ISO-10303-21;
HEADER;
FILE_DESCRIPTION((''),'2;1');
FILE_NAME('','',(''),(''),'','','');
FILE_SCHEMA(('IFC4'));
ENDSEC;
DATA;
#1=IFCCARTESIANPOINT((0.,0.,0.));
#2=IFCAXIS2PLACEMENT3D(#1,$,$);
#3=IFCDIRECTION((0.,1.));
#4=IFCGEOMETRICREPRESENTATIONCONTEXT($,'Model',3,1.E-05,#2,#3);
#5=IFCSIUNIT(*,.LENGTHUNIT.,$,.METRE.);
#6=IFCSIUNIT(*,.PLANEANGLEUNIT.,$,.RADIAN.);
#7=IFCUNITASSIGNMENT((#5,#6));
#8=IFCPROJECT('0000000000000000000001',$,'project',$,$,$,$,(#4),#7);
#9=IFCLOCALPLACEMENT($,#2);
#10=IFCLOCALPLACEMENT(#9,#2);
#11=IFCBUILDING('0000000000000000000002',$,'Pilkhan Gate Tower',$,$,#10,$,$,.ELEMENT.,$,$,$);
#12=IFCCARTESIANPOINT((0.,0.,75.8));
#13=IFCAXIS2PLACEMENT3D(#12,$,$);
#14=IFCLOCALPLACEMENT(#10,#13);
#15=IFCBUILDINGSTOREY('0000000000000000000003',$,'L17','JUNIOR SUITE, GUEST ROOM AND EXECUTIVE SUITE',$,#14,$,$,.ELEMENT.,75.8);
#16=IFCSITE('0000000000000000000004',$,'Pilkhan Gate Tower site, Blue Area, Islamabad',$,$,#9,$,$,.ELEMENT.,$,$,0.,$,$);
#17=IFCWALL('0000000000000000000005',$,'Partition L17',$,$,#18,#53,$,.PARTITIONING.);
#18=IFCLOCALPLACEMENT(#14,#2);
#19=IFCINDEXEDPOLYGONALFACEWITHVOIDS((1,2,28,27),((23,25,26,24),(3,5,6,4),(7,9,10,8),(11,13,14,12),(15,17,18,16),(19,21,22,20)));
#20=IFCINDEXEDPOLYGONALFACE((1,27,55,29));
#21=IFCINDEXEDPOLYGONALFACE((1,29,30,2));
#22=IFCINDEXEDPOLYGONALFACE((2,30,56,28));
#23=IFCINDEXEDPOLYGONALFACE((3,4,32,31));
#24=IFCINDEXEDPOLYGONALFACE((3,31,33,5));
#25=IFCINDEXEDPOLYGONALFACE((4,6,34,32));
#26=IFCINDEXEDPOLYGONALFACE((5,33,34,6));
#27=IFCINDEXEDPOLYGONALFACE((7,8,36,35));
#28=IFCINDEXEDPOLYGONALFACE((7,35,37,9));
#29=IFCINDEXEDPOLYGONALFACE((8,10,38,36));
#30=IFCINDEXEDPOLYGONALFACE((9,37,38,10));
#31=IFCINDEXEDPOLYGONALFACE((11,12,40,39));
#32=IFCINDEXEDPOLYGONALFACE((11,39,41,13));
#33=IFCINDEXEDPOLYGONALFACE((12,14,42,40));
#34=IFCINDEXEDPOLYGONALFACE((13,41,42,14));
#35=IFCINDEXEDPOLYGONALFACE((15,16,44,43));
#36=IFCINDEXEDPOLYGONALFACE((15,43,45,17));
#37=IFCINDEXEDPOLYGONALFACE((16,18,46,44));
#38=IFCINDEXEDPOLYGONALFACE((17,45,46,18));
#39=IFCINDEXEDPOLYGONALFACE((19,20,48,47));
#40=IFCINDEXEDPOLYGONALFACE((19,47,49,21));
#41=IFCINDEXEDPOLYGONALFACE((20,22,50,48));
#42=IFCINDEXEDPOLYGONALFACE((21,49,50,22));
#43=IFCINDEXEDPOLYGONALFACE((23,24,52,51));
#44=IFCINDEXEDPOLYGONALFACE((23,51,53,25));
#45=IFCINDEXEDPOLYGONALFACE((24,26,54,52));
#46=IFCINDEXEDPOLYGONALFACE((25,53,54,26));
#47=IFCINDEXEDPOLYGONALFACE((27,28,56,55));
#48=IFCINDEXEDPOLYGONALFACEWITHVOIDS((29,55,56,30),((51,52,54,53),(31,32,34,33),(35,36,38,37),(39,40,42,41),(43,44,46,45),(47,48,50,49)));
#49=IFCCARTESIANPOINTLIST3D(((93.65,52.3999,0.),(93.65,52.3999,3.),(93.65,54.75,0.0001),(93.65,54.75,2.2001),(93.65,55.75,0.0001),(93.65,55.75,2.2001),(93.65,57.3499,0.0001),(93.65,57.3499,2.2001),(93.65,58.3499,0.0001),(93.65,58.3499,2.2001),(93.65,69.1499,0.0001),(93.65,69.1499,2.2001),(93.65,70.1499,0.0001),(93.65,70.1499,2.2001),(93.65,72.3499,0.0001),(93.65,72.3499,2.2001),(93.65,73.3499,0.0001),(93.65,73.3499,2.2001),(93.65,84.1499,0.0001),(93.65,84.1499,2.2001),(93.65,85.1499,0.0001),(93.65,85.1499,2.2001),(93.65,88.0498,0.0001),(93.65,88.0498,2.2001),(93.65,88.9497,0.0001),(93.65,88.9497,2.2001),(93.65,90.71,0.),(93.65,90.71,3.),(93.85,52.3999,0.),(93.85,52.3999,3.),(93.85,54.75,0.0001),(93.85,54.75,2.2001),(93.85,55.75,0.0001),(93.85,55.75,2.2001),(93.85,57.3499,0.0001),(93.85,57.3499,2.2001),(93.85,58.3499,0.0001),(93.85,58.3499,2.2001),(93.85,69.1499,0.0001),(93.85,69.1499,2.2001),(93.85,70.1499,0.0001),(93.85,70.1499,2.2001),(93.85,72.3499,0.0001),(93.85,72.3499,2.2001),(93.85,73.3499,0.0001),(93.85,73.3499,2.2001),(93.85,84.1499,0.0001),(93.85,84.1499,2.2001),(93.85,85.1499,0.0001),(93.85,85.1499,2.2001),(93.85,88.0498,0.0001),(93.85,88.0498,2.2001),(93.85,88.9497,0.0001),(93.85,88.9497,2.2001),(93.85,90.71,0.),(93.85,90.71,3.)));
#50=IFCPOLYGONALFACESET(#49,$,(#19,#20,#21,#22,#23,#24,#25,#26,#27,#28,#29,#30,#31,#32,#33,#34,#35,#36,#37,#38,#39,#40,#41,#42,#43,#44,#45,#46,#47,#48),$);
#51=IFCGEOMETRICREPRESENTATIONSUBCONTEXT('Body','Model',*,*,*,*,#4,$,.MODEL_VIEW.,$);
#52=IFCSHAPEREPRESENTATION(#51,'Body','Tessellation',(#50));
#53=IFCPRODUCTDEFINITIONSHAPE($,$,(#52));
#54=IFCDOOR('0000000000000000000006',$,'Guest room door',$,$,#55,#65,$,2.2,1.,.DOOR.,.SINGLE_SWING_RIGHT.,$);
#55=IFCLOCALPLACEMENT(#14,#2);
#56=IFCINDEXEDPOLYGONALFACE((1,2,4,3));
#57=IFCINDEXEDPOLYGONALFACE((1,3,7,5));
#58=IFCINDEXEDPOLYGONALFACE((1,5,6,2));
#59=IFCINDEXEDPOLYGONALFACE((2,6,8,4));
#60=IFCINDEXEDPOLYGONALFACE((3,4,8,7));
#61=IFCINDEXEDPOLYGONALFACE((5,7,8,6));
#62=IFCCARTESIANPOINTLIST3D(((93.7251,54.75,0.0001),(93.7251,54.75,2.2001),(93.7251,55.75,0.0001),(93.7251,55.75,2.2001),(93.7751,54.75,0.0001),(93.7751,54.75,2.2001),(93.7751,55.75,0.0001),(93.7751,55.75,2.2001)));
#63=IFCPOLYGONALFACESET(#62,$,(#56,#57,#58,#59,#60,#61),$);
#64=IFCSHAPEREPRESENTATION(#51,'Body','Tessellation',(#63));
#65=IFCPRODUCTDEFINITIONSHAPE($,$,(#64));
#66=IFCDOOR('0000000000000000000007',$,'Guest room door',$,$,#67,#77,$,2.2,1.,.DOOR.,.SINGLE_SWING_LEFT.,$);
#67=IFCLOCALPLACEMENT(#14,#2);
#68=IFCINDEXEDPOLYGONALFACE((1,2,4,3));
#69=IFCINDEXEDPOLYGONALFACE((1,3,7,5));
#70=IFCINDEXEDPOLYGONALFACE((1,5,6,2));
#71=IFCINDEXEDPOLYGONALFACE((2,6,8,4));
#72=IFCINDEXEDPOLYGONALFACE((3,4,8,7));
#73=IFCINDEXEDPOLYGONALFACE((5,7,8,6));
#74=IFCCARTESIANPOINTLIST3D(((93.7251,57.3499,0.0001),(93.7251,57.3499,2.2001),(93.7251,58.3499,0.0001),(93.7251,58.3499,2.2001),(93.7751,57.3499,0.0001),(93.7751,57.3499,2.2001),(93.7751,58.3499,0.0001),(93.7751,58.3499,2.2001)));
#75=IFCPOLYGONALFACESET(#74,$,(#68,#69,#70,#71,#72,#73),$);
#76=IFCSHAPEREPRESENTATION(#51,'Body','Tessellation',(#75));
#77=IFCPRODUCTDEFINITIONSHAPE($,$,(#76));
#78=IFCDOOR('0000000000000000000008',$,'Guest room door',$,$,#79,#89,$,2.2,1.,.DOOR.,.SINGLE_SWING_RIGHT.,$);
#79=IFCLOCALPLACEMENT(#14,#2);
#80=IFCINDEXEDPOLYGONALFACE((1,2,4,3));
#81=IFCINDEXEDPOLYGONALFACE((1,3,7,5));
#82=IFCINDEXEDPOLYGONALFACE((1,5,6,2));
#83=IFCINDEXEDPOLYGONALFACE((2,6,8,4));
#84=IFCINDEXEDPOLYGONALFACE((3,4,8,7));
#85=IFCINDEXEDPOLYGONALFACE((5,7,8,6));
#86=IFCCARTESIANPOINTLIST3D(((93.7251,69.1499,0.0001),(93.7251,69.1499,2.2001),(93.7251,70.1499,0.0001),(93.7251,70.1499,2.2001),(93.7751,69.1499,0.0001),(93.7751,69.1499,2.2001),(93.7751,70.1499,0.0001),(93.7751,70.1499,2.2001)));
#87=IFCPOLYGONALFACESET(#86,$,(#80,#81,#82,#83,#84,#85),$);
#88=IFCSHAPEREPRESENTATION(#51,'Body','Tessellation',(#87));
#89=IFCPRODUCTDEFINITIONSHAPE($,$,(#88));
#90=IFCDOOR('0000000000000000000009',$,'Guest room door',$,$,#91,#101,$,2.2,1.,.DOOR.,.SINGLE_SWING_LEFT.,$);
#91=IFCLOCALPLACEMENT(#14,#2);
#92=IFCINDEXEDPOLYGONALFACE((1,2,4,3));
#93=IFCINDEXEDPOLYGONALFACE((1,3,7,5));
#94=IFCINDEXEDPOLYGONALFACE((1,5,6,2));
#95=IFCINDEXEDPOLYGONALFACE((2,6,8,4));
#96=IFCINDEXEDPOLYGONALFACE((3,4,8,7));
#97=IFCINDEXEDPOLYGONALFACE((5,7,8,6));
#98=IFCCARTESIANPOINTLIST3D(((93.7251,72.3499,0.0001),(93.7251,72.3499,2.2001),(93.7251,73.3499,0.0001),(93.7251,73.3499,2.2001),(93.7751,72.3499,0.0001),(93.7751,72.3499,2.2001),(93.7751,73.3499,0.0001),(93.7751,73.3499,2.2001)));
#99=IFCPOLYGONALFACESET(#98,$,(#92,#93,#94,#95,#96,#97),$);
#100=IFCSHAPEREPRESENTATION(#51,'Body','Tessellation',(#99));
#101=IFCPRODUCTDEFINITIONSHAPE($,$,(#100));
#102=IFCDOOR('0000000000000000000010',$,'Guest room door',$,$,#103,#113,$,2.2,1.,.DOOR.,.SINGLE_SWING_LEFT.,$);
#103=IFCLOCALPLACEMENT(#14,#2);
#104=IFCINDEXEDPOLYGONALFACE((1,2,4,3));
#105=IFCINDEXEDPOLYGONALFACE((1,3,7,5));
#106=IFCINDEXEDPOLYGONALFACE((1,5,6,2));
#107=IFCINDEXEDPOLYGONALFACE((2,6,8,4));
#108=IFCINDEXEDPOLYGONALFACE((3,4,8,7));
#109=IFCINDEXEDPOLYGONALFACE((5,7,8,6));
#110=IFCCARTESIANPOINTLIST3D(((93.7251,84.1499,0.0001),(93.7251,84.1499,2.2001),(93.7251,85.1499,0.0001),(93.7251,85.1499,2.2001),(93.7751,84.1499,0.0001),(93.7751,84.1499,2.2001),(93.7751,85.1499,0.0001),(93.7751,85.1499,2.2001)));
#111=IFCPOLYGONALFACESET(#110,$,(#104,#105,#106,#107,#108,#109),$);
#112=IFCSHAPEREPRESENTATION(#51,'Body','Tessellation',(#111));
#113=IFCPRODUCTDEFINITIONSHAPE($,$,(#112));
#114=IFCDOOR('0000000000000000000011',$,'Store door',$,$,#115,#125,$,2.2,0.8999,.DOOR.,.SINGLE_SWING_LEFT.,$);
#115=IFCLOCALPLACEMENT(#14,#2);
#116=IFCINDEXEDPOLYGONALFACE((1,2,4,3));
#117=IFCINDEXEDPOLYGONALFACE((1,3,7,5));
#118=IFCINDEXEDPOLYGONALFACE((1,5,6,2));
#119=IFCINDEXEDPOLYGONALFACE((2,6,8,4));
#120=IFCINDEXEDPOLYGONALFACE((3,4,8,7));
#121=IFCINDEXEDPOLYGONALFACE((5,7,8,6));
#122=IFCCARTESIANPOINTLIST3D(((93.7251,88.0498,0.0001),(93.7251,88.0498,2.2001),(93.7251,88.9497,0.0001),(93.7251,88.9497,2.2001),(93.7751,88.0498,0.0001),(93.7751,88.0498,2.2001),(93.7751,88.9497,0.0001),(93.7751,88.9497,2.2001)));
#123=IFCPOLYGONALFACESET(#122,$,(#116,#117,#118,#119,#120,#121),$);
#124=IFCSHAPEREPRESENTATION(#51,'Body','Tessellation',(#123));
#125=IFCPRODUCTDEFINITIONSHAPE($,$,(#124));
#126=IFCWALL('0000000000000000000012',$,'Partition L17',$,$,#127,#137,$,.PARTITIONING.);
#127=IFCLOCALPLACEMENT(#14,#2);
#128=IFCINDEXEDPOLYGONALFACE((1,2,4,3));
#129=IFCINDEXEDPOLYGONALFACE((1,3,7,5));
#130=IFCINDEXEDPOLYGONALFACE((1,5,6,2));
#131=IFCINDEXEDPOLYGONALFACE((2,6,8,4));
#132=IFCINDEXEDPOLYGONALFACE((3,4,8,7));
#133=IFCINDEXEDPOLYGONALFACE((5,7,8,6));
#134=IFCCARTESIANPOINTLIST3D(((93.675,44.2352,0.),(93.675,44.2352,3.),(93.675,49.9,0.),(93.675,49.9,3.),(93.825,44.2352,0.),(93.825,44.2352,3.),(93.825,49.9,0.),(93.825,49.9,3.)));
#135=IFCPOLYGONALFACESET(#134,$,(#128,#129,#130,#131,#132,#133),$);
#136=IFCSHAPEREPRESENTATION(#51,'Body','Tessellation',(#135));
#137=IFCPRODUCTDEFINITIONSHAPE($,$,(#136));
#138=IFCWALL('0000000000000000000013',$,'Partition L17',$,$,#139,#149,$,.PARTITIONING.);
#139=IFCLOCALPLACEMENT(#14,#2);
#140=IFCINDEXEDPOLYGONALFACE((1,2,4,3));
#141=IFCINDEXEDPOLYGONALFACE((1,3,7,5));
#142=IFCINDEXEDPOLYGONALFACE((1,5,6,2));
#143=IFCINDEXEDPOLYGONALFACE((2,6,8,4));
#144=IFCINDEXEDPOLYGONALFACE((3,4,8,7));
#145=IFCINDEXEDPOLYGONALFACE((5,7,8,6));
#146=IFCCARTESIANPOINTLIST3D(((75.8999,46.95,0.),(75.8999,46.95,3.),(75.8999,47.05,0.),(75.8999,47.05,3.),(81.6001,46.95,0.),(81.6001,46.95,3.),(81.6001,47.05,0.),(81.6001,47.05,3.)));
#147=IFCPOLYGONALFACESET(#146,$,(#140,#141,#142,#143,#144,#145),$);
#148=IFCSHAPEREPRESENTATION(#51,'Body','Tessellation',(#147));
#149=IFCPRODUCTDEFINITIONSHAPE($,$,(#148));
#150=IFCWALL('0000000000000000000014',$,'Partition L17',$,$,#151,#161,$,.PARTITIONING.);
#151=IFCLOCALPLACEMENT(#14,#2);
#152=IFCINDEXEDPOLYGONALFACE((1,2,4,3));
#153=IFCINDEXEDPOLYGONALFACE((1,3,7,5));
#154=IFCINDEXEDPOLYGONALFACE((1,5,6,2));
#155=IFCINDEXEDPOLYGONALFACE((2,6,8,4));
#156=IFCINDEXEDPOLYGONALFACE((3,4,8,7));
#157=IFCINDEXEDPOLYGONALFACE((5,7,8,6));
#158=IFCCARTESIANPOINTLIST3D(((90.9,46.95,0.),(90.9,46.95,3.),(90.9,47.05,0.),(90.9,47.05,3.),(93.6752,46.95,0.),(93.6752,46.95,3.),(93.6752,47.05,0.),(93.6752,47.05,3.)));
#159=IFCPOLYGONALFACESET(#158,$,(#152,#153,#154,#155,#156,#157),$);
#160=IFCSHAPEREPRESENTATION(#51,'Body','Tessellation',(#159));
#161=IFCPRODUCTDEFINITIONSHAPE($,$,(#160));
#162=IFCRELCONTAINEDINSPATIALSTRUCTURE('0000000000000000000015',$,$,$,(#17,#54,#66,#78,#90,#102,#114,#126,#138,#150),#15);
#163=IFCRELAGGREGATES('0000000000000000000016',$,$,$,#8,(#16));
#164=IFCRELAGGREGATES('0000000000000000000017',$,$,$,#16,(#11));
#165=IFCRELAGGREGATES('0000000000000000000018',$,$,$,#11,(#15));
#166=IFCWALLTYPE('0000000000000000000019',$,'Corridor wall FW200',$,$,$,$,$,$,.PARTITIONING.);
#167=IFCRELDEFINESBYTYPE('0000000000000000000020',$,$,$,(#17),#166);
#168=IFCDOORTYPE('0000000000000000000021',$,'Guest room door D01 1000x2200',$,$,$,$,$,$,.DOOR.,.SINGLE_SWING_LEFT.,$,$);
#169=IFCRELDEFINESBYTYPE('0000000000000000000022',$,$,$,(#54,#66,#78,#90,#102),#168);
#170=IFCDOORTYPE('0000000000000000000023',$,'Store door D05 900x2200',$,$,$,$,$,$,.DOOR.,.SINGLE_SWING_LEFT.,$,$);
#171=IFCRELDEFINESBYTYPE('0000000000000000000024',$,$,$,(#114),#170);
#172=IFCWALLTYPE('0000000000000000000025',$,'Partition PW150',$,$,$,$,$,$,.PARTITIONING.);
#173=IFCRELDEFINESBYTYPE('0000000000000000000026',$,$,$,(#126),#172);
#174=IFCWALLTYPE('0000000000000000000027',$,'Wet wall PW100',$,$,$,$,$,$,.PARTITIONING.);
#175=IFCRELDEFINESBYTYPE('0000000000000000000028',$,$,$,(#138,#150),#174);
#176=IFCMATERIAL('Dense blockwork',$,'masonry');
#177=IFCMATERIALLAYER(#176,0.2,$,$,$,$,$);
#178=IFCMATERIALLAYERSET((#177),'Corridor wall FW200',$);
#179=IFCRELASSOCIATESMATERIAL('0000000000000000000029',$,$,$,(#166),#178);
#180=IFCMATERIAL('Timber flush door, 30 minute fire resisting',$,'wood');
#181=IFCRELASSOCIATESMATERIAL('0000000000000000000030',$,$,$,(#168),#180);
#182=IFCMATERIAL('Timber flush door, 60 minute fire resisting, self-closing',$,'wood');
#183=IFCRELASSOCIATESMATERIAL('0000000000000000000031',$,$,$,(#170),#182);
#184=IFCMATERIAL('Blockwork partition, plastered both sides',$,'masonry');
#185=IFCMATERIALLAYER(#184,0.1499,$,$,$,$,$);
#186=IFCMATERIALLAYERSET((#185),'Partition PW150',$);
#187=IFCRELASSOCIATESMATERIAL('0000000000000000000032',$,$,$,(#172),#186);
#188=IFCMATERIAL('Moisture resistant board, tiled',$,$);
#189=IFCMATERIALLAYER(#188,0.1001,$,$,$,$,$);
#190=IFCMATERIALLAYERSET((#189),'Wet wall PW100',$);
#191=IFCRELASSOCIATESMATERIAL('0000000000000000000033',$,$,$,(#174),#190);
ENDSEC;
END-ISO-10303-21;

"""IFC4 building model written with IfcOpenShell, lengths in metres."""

from ifc_helpers import new_model, si_unit, direction, frame, frame_2d, origin, place, context, subcontext, project, spatial, rectangle, extrude, material, layer, layer_set, type_object, element, fill, save


model = new_model("IFC4")

# Units and contexts
model_context = context("Model", 3, precision=1e-05, world=origin(), true_north=direction((0.0, 1.0)))
body_context = subcontext(model_context, "Body", "Model", "MODEL_VIEW")
ifc_project = project(units=[si_unit("LENGTHUNIT", "METRE"), si_unit("PLANEANGLEUNIT", "RADIAN")], contexts=[model_context])

# Site, building, storey
site_placement = place(None, origin())
site = spatial("IfcSite", under=ifc_project, at=site_placement, Name="Pilkhan Gate Tower site, Blue Area, Islamabad", CompositionType="ELEMENT", RefElevation=0.0)
building_placement = place(site_placement, origin())
building = spatial("IfcBuilding", under=site, at=building_placement, Name="Pilkhan Gate Tower", CompositionType="ELEMENT")
storey_placement = place(building_placement, frame((0.0, 0.0, 75.8)))
storey = spatial("IfcBuildingStorey", under=building, at=storey_placement, Name="L17", Description="JUNIOR SUITE, GUEST ROOM AND EXECUTIVE SUITE", CompositionType="ELEMENT", Elevation=75.8)

# Wall, openings, doors
ifc_material_1 = material(Name="Dense blockwork", Category="masonry")
ifc_layer_1 = layer(ifc_material_1, 0.2)
ifc_layer_set_1 = layer_set([ifc_layer_1], Name="Corridor wall FW200")
wall_type_1 = type_object("IfcWallType", Name="Corridor wall FW200", PredefinedType="PARTITIONING", material=ifc_layer_set_1)
ifc_material_2 = material(Name="Timber flush door, 30 minute fire resisting", Category="wood")
wall_1_placement = place(storey_placement, frame((93.75, 52.3999, 0.0), z_axis=(0.0, 0.0, 1.0), x_axis=(0.0, 1.0, 0.0)))
wall_1 = element("IfcWall", 1, at=wall_1_placement, inside=storey, type_object=wall_type_1, Name="Partition L17", PredefinedType="PARTITIONING", context=body_context, shape_type="SweptSolid", body=[
    extrude(rectangle(XDim=38.3101, YDim=0.2, at=frame_2d((19.155, 0.0))), origin(), (0.0, 0.0, 1.0), 3.0),
])
opening_1_placement = place(wall_1_placement, frame((2.3501, 0.0, 0.0)))
opening_1 = element("IfcOpeningElement", 2, at=opening_1_placement, cuts=wall_1, PredefinedType="OPENING", context=body_context, shape_type="SweptSolid", body=[
    extrude(rectangle(XDim=1.0, YDim=2.2, at=frame_2d((0.5, 1.1001))), frame((0.0, 0.1099, 0.0), z_axis=(0.0, -1.0, 0.0), x_axis=(1.0, 0.0, 0.0)), (0.0, 0.0, 1.0), 0.22),
])
opening_2_placement = place(wall_1_placement, frame((4.95, 0.0, 0.0)))
opening_2 = element("IfcOpeningElement", 3, at=opening_2_placement, cuts=wall_1, PredefinedType="OPENING", context=body_context, shape_type="SweptSolid", body=[
    extrude(rectangle(XDim=1.0, YDim=2.2, at=frame_2d((0.5, 1.1001))), frame((0.0, 0.1099, 0.0), z_axis=(0.0, -1.0, 0.0), x_axis=(1.0, 0.0, 0.0)), (0.0, 0.0, 1.0), 0.22),
])
opening_3_placement = place(wall_1_placement, frame((16.75, 0.0, 0.0)))
opening_3 = element("IfcOpeningElement", 4, at=opening_3_placement, cuts=wall_1, PredefinedType="OPENING", context=body_context, shape_type="SweptSolid", body=[
    extrude(rectangle(XDim=1.0, YDim=2.2, at=frame_2d((0.5, 1.1001))), frame((0.0, 0.1099, 0.0), z_axis=(0.0, -1.0, 0.0), x_axis=(1.0, 0.0, 0.0)), (0.0, 0.0, 1.0), 0.22),
])
opening_4_placement = place(wall_1_placement, frame((19.95, 0.0, 0.0)))
opening_4 = element("IfcOpeningElement", 5, at=opening_4_placement, cuts=wall_1, PredefinedType="OPENING", context=body_context, shape_type="SweptSolid", body=[
    extrude(rectangle(XDim=1.0, YDim=2.2, at=frame_2d((0.5, 1.1001))), frame((0.0, 0.1099, 0.0), z_axis=(0.0, -1.0, 0.0), x_axis=(1.0, 0.0, 0.0)), (0.0, 0.0, 1.0), 0.22),
])
opening_5_placement = place(wall_1_placement, frame((31.75, 0.0, 0.0)))
opening_5 = element("IfcOpeningElement", 6, at=opening_5_placement, cuts=wall_1, PredefinedType="OPENING", context=body_context, shape_type="SweptSolid", body=[
    extrude(rectangle(XDim=1.0, YDim=2.2, at=frame_2d((0.5, 1.1001))), frame((0.0, 0.1099, 0.0), z_axis=(0.0, -1.0, 0.0), x_axis=(1.0, 0.0, 0.0)), (0.0, 0.0, 1.0), 0.22),
])
opening_6_placement = place(wall_1_placement, frame((35.6499, 0.0, 0.0)))
opening_6 = element("IfcOpeningElement", 7, at=opening_6_placement, cuts=wall_1, PredefinedType="OPENING", context=body_context, shape_type="SweptSolid", body=[
    extrude(rectangle(XDim=0.8999, YDim=2.2, at=frame_2d((0.45, 1.1001))), frame((0.0, 0.1099, 0.0), z_axis=(0.0, -1.0, 0.0), x_axis=(1.0, 0.0, 0.0)), (0.0, 0.0, 1.0), 0.22),
])
door_type_1 = type_object("IfcDoorType", Name="Guest room door D01 1000x2200", OperationType="SINGLE_SWING_LEFT", PredefinedType="DOOR", material=ifc_material_2)
door_1_placement = place(opening_1_placement, origin())
door_1 = element("IfcDoor", 8, at=door_1_placement, inside=storey, type_object=door_type_1, Name="Guest room door", OperationType="SINGLE_SWING_RIGHT", OverallHeight=2.2, OverallWidth=1.0, PredefinedType="DOOR", context=body_context, shape_type="SweptSolid", body=[
    extrude(rectangle(XDim=1.0, YDim=2.2, at=frame_2d((0.5, 1.1001))), frame((0.0, 0.0249, 0.0), z_axis=(0.0, -1.0, 0.0), x_axis=(1.0, 0.0, 0.0)), (0.0, 0.0, 1.0), 0.05),
])
fill(opening_1, door_1)
door_2_placement = place(opening_2_placement, origin())
door_2 = element("IfcDoor", 9, at=door_2_placement, inside=storey, type_object=door_type_1, Name="Guest room door", OperationType="SINGLE_SWING_LEFT", OverallHeight=2.2, OverallWidth=1.0, PredefinedType="DOOR", context=body_context, shape_type="SweptSolid", body=[
    extrude(rectangle(XDim=1.0, YDim=2.2, at=frame_2d((0.5, 1.1001))), frame((0.0, 0.0249, 0.0), z_axis=(0.0, -1.0, 0.0), x_axis=(1.0, 0.0, 0.0)), (0.0, 0.0, 1.0), 0.05),
])
fill(opening_2, door_2)
door_3_placement = place(opening_3_placement, origin())
door_3 = element("IfcDoor", 10, at=door_3_placement, inside=storey, type_object=door_type_1, Name="Guest room door", OperationType="SINGLE_SWING_RIGHT", OverallHeight=2.2, OverallWidth=1.0, PredefinedType="DOOR", context=body_context, shape_type="SweptSolid", body=[
    extrude(rectangle(XDim=1.0, YDim=2.2, at=frame_2d((0.5, 1.1001))), frame((0.0, 0.0249, 0.0), z_axis=(0.0, -1.0, 0.0), x_axis=(1.0, 0.0, 0.0)), (0.0, 0.0, 1.0), 0.05),
])
fill(opening_3, door_3)
door_4_placement = place(opening_4_placement, origin())
door_4 = element("IfcDoor", 11, at=door_4_placement, inside=storey, type_object=door_type_1, Name="Guest room door", OperationType="SINGLE_SWING_LEFT", OverallHeight=2.2, OverallWidth=1.0, PredefinedType="DOOR", context=body_context, shape_type="SweptSolid", body=[
    extrude(rectangle(XDim=1.0, YDim=2.2, at=frame_2d((0.5, 1.1001))), frame((0.0, 0.0249, 0.0), z_axis=(0.0, -1.0, 0.0), x_axis=(1.0, 0.0, 0.0)), (0.0, 0.0, 1.0), 0.05),
])
fill(opening_4, door_4)
door_5_placement = place(opening_5_placement, origin())
door_5 = element("IfcDoor", 12, at=door_5_placement, inside=storey, type_object=door_type_1, Name="Guest room door", OperationType="SINGLE_SWING_LEFT", OverallHeight=2.2, OverallWidth=1.0, PredefinedType="DOOR", context=body_context, shape_type="SweptSolid", body=[
    extrude(rectangle(XDim=1.0, YDim=2.2, at=frame_2d((0.5, 1.1001))), frame((0.0, 0.0249, 0.0), z_axis=(0.0, -1.0, 0.0), x_axis=(1.0, 0.0, 0.0)), (0.0, 0.0, 1.0), 0.05),
])
fill(opening_5, door_5)
ifc_material_3 = material(Name="Timber flush door, 60 minute fire resisting, self-closing", Category="wood")
door_type_2 = type_object("IfcDoorType", Name="Store door D05 900x2200", OperationType="SINGLE_SWING_LEFT", PredefinedType="DOOR", material=ifc_material_3)
door_6_placement = place(opening_6_placement, origin())
door_6 = element("IfcDoor", 13, at=door_6_placement, inside=storey, type_object=door_type_2, Name="Store door", OperationType="SINGLE_SWING_LEFT", OverallHeight=2.2, OverallWidth=0.8999, PredefinedType="DOOR", context=body_context, shape_type="SweptSolid", body=[
    extrude(rectangle(XDim=0.8999, YDim=2.2, at=frame_2d((0.45, 1.1001))), frame((0.0, 0.0249, 0.0), z_axis=(0.0, -1.0, 0.0), x_axis=(1.0, 0.0, 0.0)), (0.0, 0.0, 1.0), 0.05),
])
fill(opening_6, door_6)

# Walls
ifc_material_4 = material(Name="Blockwork partition, plastered both sides", Category="masonry")
ifc_layer_2 = layer(ifc_material_4, 0.1499)
ifc_layer_set_2 = layer_set([ifc_layer_2], Name="Partition PW150")
wall_type_2 = type_object("IfcWallType", Name="Partition PW150", PredefinedType="PARTITIONING", material=ifc_layer_set_2)
wall_2_placement = place(storey_placement, frame((93.75, 44.2351, 0.0), z_axis=(0.0, 0.0, 1.0), x_axis=(0.0, 1.0, 0.0)))
element("IfcWall", 14, at=wall_2_placement, inside=storey, type_object=wall_type_2, Name="Partition L17", PredefinedType="PARTITIONING", context=body_context, shape_type="SweptSolid", body=[
    extrude(rectangle(XDim=5.6648, YDim=0.1499, at=frame_2d((2.8325, 0.0))), origin(), (0.0, 0.0, 1.0), 3.0),
])
ifc_material_5 = material(Name="Moisture resistant board, tiled")
ifc_layer_3 = layer(ifc_material_5, 0.1001)
ifc_layer_set_3 = layer_set([ifc_layer_3], Name="Wet wall PW100")
wall_type_3 = type_object("IfcWallType", Name="Wet wall PW100", PredefinedType="PARTITIONING", material=ifc_layer_set_3)
wall_3_placement = place(storey_placement, frame((75.8999, 47.0, 0.0), z_axis=(0.0, 0.0, 1.0), x_axis=(1.0, 0.0, 0.0)))
element("IfcWall", 15, at=wall_3_placement, inside=storey, type_object=wall_type_3, Name="Partition L17", PredefinedType="PARTITIONING", context=body_context, shape_type="SweptSolid", body=[
    extrude(rectangle(XDim=5.7002, YDim=0.1001, at=frame_2d((2.8501, 0.0))), origin(), (0.0, 0.0, 1.0), 3.0),
])
wall_4_placement = place(storey_placement, frame((90.8999, 47.0, 0.0), z_axis=(0.0, 0.0, 1.0), x_axis=(1.0, 0.0, 0.0)))
element("IfcWall", 16, at=wall_4_placement, inside=storey, type_object=wall_type_3, Name="Partition L17", PredefinedType="PARTITIONING", context=body_context, shape_type="SweptSolid", body=[
    extrude(rectangle(XDim=2.7751, YDim=0.1001, at=frame_2d((1.3877, 0.0))), origin(), (0.0, 0.0, 1.0), 3.0),
])

save(model, "model.ifc")
